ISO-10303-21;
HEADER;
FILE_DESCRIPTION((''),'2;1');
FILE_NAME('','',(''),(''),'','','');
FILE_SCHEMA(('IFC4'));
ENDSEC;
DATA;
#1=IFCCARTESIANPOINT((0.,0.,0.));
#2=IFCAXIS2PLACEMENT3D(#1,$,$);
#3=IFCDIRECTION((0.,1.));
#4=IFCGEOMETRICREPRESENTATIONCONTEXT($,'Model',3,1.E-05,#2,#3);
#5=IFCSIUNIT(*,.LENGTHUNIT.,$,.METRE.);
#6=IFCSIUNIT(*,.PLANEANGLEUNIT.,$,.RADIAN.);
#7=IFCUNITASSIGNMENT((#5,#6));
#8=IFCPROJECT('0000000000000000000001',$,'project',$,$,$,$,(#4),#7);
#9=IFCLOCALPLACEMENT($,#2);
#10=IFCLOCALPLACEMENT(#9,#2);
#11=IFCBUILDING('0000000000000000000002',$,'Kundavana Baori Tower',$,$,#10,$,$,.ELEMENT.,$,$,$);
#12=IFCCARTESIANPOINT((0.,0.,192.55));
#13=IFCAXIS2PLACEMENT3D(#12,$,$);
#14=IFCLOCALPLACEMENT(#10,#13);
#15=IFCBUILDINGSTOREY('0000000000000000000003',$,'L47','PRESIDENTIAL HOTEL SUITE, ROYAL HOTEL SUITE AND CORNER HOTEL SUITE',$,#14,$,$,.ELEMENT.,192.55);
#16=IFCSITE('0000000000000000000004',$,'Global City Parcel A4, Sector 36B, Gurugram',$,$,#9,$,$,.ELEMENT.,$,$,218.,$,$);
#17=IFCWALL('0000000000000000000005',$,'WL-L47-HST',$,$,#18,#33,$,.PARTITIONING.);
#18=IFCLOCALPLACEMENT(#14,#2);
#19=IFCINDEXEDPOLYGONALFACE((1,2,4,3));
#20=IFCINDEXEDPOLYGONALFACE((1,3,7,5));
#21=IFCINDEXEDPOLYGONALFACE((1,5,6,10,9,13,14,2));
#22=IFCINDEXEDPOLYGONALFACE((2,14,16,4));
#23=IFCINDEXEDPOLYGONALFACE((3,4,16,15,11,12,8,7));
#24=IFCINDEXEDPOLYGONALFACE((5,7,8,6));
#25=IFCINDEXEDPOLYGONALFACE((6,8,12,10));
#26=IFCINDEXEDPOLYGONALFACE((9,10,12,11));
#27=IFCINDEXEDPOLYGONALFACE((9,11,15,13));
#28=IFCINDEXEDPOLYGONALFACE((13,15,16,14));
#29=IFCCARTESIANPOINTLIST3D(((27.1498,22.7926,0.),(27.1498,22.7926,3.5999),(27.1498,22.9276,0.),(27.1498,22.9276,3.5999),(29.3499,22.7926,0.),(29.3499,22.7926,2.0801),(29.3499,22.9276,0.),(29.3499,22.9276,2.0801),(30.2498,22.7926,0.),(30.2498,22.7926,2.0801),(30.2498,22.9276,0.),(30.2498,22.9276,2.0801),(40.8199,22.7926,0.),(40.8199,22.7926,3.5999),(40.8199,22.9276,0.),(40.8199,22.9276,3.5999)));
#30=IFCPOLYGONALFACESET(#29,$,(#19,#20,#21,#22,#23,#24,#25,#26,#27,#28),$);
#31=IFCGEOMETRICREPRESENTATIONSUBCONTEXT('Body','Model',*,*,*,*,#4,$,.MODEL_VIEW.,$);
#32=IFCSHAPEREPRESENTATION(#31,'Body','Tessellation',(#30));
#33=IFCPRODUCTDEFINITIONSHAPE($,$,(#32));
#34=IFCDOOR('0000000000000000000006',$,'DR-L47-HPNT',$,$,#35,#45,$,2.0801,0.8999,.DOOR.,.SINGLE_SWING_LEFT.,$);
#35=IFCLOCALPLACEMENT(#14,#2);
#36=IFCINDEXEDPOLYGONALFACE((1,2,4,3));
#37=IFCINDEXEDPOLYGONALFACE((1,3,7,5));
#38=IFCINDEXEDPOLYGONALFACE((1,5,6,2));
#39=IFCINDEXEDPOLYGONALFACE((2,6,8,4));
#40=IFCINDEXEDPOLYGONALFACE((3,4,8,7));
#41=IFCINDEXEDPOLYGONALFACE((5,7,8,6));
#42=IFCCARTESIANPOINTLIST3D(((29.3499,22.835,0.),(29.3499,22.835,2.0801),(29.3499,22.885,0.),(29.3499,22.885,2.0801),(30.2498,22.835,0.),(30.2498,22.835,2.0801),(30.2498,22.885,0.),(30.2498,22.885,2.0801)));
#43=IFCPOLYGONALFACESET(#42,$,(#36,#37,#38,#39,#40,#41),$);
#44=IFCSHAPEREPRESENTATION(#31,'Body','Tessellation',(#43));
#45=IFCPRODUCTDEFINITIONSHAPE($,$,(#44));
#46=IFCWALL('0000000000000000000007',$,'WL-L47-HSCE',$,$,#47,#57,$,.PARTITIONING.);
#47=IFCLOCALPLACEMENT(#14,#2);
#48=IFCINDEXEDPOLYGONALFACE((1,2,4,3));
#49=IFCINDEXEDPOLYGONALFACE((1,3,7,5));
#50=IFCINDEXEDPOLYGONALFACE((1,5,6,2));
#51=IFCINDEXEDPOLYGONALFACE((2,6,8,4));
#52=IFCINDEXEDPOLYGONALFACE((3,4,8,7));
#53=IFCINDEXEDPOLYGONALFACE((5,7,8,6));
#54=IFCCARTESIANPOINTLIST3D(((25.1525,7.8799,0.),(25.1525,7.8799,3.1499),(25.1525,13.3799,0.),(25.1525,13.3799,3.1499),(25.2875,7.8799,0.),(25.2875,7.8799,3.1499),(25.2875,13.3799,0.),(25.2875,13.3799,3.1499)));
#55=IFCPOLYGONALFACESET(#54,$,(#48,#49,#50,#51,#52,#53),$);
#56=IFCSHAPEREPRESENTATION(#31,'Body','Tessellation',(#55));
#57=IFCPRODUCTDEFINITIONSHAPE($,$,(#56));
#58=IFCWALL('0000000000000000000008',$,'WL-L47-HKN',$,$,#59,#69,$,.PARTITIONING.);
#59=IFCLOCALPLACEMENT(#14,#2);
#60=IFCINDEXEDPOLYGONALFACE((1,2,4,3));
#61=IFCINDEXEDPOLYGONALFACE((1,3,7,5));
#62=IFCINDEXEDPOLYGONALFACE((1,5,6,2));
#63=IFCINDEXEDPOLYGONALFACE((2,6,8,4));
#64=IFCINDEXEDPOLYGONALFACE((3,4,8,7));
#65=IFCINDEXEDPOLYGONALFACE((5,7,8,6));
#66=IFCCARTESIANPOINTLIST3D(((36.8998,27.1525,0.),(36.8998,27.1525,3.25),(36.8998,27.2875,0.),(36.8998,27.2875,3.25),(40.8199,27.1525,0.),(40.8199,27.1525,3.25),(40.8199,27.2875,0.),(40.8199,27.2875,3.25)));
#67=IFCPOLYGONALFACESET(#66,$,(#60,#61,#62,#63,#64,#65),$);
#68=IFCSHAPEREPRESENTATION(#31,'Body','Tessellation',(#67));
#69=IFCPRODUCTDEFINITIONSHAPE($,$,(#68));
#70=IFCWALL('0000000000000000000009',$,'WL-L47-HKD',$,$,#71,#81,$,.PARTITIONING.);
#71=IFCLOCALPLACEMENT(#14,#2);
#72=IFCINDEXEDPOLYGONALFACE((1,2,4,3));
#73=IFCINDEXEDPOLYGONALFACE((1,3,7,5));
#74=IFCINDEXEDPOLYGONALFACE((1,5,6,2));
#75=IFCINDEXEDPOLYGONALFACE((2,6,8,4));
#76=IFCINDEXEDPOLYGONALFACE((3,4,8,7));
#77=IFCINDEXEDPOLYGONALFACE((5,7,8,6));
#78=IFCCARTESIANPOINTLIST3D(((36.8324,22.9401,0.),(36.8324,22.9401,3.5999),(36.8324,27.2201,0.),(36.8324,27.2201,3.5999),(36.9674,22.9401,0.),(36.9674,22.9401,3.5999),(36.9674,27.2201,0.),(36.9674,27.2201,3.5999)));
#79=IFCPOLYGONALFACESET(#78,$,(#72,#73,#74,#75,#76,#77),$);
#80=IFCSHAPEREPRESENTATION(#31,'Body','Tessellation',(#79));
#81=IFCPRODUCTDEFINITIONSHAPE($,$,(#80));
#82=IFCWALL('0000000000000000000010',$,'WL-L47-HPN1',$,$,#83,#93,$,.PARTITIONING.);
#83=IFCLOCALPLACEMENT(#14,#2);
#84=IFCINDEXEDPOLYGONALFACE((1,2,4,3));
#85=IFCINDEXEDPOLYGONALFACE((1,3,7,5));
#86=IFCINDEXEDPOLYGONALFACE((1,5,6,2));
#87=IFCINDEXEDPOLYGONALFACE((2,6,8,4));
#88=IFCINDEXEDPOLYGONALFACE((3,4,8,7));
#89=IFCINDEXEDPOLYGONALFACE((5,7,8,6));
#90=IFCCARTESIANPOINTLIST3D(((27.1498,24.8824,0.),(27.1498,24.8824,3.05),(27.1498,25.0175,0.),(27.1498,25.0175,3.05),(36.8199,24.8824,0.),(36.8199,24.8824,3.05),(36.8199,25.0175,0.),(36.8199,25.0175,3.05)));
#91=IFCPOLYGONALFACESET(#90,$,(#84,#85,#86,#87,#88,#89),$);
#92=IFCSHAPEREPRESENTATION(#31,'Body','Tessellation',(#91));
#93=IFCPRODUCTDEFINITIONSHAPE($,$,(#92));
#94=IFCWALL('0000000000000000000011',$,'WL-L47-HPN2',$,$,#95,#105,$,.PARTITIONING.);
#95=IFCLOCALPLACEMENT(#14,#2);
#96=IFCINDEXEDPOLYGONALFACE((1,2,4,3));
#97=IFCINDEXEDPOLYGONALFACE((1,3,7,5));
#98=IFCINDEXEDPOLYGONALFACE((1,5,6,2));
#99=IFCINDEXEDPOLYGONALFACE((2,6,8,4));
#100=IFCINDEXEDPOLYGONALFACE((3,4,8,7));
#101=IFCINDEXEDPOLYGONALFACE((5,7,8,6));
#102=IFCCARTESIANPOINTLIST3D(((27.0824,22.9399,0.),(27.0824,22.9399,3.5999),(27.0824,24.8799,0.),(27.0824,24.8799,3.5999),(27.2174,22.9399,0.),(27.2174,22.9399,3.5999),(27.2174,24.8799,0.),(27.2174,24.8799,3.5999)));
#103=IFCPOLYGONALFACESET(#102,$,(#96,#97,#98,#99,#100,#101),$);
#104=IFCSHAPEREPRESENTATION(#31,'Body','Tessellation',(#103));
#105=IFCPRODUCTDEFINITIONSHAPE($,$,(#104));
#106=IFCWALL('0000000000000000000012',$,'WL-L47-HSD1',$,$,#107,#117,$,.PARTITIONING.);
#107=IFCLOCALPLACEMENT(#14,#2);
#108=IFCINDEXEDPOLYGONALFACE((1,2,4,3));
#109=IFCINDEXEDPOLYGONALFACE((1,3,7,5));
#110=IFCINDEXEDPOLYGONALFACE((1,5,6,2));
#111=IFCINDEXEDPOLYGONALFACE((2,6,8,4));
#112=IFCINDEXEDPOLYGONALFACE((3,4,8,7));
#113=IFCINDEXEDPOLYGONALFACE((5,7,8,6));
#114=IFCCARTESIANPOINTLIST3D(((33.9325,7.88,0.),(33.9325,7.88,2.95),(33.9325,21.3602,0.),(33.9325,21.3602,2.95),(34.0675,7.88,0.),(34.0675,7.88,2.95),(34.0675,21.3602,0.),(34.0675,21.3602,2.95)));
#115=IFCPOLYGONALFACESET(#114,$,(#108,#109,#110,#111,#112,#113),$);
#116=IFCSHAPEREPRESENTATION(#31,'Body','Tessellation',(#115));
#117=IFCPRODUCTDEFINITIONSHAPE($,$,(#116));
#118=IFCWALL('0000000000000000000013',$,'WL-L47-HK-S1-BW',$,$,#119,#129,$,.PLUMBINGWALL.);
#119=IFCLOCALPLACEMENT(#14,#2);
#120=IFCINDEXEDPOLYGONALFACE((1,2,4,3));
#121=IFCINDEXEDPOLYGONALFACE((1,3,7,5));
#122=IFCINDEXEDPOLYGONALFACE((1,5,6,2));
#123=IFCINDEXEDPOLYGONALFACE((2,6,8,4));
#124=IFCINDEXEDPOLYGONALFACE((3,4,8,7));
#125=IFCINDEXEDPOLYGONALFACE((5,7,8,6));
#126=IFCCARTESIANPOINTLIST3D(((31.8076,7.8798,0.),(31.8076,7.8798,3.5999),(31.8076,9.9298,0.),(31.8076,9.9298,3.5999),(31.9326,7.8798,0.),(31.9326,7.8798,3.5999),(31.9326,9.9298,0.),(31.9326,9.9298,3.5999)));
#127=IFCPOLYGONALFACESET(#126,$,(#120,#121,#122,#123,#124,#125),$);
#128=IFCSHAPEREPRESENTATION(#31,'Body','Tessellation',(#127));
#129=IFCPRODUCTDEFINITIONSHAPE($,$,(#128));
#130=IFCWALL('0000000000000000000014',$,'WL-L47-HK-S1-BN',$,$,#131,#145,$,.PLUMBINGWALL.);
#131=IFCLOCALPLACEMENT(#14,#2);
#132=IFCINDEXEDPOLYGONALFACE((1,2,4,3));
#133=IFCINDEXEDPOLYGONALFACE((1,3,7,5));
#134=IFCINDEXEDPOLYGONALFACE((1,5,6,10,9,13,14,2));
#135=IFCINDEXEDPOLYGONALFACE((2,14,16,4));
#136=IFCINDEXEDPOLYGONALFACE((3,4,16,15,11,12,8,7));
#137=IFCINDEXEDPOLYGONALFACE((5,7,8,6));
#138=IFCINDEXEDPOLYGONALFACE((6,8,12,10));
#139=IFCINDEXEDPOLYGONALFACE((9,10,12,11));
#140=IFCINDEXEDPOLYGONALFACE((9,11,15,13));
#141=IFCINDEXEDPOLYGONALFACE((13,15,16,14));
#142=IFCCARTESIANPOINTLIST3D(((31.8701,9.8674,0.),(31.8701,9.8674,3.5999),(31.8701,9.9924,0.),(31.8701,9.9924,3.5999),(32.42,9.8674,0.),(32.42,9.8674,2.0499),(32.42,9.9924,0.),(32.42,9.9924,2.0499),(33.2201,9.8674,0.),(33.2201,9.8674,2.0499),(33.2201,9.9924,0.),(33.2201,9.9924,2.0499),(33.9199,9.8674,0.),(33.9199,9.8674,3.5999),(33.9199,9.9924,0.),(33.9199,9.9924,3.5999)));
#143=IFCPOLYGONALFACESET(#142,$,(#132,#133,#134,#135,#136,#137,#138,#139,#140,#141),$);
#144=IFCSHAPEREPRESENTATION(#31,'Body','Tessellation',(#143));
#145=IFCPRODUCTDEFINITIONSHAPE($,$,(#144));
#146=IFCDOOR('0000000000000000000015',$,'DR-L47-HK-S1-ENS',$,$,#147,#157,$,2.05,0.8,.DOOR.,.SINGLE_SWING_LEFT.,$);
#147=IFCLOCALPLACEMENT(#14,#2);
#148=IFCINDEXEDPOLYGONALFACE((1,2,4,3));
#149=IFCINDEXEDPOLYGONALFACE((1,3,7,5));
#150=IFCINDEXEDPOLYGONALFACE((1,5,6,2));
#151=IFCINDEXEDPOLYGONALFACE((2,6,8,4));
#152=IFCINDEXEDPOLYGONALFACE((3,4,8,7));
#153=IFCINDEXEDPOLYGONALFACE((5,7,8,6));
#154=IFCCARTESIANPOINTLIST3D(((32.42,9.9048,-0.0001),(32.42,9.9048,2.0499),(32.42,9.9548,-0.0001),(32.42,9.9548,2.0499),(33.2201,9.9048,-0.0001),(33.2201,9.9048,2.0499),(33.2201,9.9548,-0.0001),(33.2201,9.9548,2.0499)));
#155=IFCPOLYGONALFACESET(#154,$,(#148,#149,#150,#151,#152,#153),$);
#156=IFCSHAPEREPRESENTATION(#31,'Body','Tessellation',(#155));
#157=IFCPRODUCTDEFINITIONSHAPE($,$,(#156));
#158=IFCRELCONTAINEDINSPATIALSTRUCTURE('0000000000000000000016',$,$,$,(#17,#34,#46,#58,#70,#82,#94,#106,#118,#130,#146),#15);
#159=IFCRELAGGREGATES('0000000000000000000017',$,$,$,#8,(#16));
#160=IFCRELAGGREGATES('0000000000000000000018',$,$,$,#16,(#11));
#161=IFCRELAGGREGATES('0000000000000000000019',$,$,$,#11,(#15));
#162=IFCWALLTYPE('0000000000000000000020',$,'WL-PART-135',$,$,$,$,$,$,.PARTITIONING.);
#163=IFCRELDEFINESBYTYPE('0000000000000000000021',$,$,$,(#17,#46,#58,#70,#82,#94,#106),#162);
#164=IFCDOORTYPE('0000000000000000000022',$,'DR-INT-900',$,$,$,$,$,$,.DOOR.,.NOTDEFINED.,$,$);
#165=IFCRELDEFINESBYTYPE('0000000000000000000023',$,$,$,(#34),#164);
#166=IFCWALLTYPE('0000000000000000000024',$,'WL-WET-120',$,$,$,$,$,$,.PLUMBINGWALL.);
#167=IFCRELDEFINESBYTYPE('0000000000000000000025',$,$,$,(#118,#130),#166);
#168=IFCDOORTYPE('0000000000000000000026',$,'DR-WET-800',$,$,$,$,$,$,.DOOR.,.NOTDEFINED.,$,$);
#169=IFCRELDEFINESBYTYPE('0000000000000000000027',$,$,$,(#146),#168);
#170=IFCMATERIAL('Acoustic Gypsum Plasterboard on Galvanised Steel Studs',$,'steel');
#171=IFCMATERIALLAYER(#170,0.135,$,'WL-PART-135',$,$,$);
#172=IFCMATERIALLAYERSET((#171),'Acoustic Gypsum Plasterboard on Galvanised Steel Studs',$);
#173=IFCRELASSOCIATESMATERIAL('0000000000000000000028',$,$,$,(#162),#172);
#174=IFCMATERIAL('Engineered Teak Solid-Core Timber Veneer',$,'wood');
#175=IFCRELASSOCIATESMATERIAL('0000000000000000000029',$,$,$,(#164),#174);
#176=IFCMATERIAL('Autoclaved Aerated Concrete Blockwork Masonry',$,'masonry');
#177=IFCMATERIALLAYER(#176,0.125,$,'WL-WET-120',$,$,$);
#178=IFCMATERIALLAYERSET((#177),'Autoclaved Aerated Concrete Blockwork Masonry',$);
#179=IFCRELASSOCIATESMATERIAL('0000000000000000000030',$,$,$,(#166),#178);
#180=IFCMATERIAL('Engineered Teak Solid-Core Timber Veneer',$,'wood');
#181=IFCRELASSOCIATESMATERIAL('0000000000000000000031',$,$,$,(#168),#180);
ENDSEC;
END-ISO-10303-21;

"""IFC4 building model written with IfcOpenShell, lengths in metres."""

from ifc_helpers import new_model, si_unit, direction, frame, frame_2d, origin, place, context, subcontext, project, spatial, rectangle, extrude, material, layer, layer_set, type_object, element, fill, save


model = new_model("IFC4")

# Units and contexts
model_context = context("Model", 3, precision=1e-05, world=origin(), true_north=direction((0.0, 1.0)))
body_context = subcontext(model_context, "Body", "Model", "MODEL_VIEW")
ifc_project = project(units=[si_unit("LENGTHUNIT", "METRE"), si_unit("PLANEANGLEUNIT", "RADIAN")], contexts=[model_context])

# Site, building, storey
site_placement = place(None, origin())
site = spatial("IfcSite", under=ifc_project, at=site_placement, Name="Global City Parcel A4, Sector 36B, Gurugram", CompositionType="ELEMENT", RefElevation=218.0)
building_placement = place(site_placement, origin())
building = spatial("IfcBuilding", under=site, at=building_placement, Name="Kundavana Baori Tower", CompositionType="ELEMENT")
storey_placement = place(building_placement, frame((0.0, 0.0, 192.55)))
storey = spatial("IfcBuildingStorey", under=building, at=storey_placement, Name="L47", Description="PRESIDENTIAL HOTEL SUITE, ROYAL HOTEL SUITE AND CORNER HOTEL SUITE", CompositionType="ELEMENT", Elevation=192.55)

# Shared definitions
ifc_material_1 = material(Name="Acoustic Gypsum Plasterboard on Galvanised Steel Studs", Category="steel")
ifc_layer_1 = layer(ifc_material_1, 0.135, Name="WL-PART-135")
ifc_layer_set_1 = layer_set([ifc_layer_1], Name="Acoustic Gypsum Plasterboard on Galvanised Steel Studs")
wall_type_1 = type_object("IfcWallType", Name="WL-PART-135", PredefinedType="PARTITIONING", material=ifc_layer_set_1)

# Wall, opening, door
wall_1_placement = place(storey_placement, frame((27.1499, 22.8601, 0.0), z_axis=(0.0, 0.0, 1.0), x_axis=(1.0, 0.0, 0.0)))
wall_1 = element("IfcWall", 1, at=wall_1_placement, inside=storey, type_object=wall_type_1, Name="WL-L47-HST", PredefinedType="PARTITIONING", context=body_context, shape_type="SweptSolid", body=[
    extrude(rectangle(XDim=13.6702, YDim=0.135, at=frame_2d((6.835, 0.0))), origin(), (0.0, 0.0, 1.0), 3.5999),
])
opening_1_placement = place(wall_1_placement, frame((2.2, 0.0, 0.0)))
opening_1 = element("IfcOpeningElement", 2, at=opening_1_placement, cuts=wall_1, PredefinedType="OPENING", context=body_context, shape_type="SweptSolid", body=[
    extrude(rectangle(XDim=0.8999, YDim=2.0801, at=frame_2d((0.45, 1.04))), frame((0.0, 0.0776, 0.0), z_axis=(0.0, -1.0, 0.0), x_axis=(1.0, 0.0, 0.0)), (0.0, 0.0, 1.0), 0.155),
])
ifc_material_2 = material(Name="Engineered Teak Solid-Core Timber Veneer", Category="wood")
door_type_1 = type_object("IfcDoorType", Name="DR-INT-900", OperationType="NOTDEFINED", PredefinedType="DOOR", material=ifc_material_2)
door_1_placement = place(opening_1_placement, origin())
door_1 = element("IfcDoor", 3, at=door_1_placement, inside=storey, type_object=door_type_1, Name="DR-L47-HPNT", OperationType="SINGLE_SWING_LEFT", OverallHeight=2.0801, OverallWidth=0.8999, PredefinedType="DOOR", context=body_context, shape_type="SweptSolid", body=[
    extrude(rectangle(XDim=0.8999, YDim=2.0801, at=frame_2d((0.45, 1.04))), frame((0.0, 0.0249, 0.0), z_axis=(0.0, -1.0, 0.0), x_axis=(1.0, 0.0, 0.0)), (0.0, 0.0, 1.0), 0.05),
])
fill(opening_1, door_1)

# Walls
wall_2_placement = place(storey_placement, frame((25.22, 7.8799, 0.0), z_axis=(0.0, 0.0, 1.0), x_axis=(0.0, 1.0, 0.0)))
element("IfcWall", 4, at=wall_2_placement, inside=storey, type_object=wall_type_1, Name="WL-L47-HSCE", PredefinedType="PARTITIONING", context=body_context, shape_type="SweptSolid", body=[
    extrude(rectangle(XDim=5.5, YDim=0.135, at=frame_2d((2.75, 0.0))), origin(), (0.0, 0.0, 1.0), 3.1499),
])
wall_3_placement = place(storey_placement, frame((36.8999, 27.22, 0.0), z_axis=(0.0, 0.0, 1.0), x_axis=(1.0, 0.0, 0.0)))
element("IfcWall", 5, at=wall_3_placement, inside=storey, type_object=wall_type_1, Name="WL-L47-HKN", PredefinedType="PARTITIONING", context=body_context, shape_type="SweptSolid", body=[
    extrude(rectangle(XDim=3.9202, YDim=0.135, at=frame_2d((1.96, 0.0))), origin(), (0.0, 0.0, 1.0), 3.25),
])
wall_4_placement = place(storey_placement, frame((36.8999, 22.9399, 0.0), z_axis=(0.0, 0.0, 1.0), x_axis=(0.0, 1.0, 0.0)))
element("IfcWall", 6, at=wall_4_placement, inside=storey, type_object=wall_type_1, Name="WL-L47-HKD", PredefinedType="PARTITIONING", context=body_context, shape_type="SweptSolid", body=[
    extrude(rectangle(XDim=4.28, YDim=0.135, at=frame_2d((2.1401, 0.0))), origin(), (0.0, 0.0, 1.0), 3.5999),
])
wall_5_placement = place(storey_placement, frame((27.1499, 24.95, 0.0), z_axis=(0.0, 0.0, 1.0), x_axis=(1.0, 0.0, 0.0)))
element("IfcWall", 7, at=wall_5_placement, inside=storey, type_object=wall_type_1, Name="WL-L47-HPN1", PredefinedType="PARTITIONING", context=body_context, shape_type="SweptSolid", body=[
    extrude(rectangle(XDim=9.6702, YDim=0.135, at=frame_2d((4.835, 0.0))), origin(), (0.0, 0.0, 1.0), 3.05),
])
wall_6_placement = place(storey_placement, frame((27.1499, 22.9399, 0.0), z_axis=(0.0, 0.0, 1.0), x_axis=(0.0, 1.0, 0.0)))
element("IfcWall", 8, at=wall_6_placement, inside=storey, type_object=wall_type_1, Name="WL-L47-HPN2", PredefinedType="PARTITIONING", context=body_context, shape_type="SweptSolid", body=[
    extrude(rectangle(XDim=1.9399, YDim=0.135, at=frame_2d((0.97, 0.0))), origin(), (0.0, 0.0, 1.0), 3.5999),
])
wall_7_placement = place(storey_placement, frame((34.0, 7.8799, 0.0), z_axis=(0.0, 0.0, 1.0), x_axis=(0.0, 1.0, 0.0)))
element("IfcWall", 9, at=wall_7_placement, inside=storey, type_object=wall_type_1, Name="WL-L47-HSD1", PredefinedType="PARTITIONING", context=body_context, shape_type="SweptSolid", body=[
    extrude(rectangle(XDim=13.4802, YDim=0.135, at=frame_2d((6.7402, 0.0))), origin(), (0.0, 0.0, 1.0), 2.95),
])
ifc_material_3 = material(Name="Autoclaved Aerated Concrete Blockwork Masonry", Category="masonry")
ifc_layer_2 = layer(ifc_material_3, 0.125, Name="WL-WET-120")
ifc_layer_set_2 = layer_set([ifc_layer_2], Name="Autoclaved Aerated Concrete Blockwork Masonry")
wall_type_2 = type_object("IfcWallType", Name="WL-WET-120", PredefinedType="PLUMBINGWALL", material=ifc_layer_set_2)
wall_8_placement = place(storey_placement, frame((31.8701, 7.8799, 0.0), z_axis=(0.0, 0.0, 1.0), x_axis=(0.0, 1.0, 0.0)))
element("IfcWall", 10, at=wall_8_placement, inside=storey, type_object=wall_type_2, Name="WL-L47-HK-S1-BW", PredefinedType="PLUMBINGWALL", context=body_context, shape_type="SweptSolid", body=[
    extrude(rectangle(XDim=2.05, YDim=0.125, at=frame_2d((1.0249, 0.0))), origin(), (0.0, 0.0, 1.0), 3.5999),
])

# Wall, opening, door
wall_9_placement = place(storey_placement, frame((31.8701, 9.9299, 0.0), z_axis=(0.0, 0.0, 1.0), x_axis=(1.0, 0.0, 0.0)))
wall_9 = element("IfcWall", 11, at=wall_9_placement, inside=storey, type_object=wall_type_2, Name="WL-L47-HK-S1-BN", PredefinedType="PLUMBINGWALL", context=body_context, shape_type="SweptSolid", body=[
    extrude(rectangle(XDim=2.0498, YDim=0.125, at=frame_2d((1.0249, 0.0))), origin(), (0.0, 0.0, 1.0), 3.5999),
])
opening_2_placement = place(wall_9_placement, frame((0.55, 0.0, 0.0)))
opening_2 = element("IfcOpeningElement", 12, at=opening_2_placement, cuts=wall_9, PredefinedType="OPENING", context=body_context, shape_type="SweptSolid", body=[
    extrude(rectangle(XDim=0.8, YDim=2.05, at=frame_2d((0.3999, 1.0249))), frame((0.0, 0.0725, 0.0), z_axis=(0.0, -1.0, 0.0), x_axis=(1.0, 0.0, 0.0)), (0.0, 0.0, 1.0), 0.145),
])
ifc_material_4 = material(Name="Engineered Teak Solid-Core Timber Veneer", Category="wood")
door_type_2 = type_object("IfcDoorType", Name="DR-WET-800", OperationType="NOTDEFINED", PredefinedType="DOOR", material=ifc_material_4)
door_2_placement = place(opening_2_placement, origin())
door_2 = element("IfcDoor", 13, at=door_2_placement, inside=storey, type_object=door_type_2, Name="DR-L47-HK-S1-ENS", OperationType="SINGLE_SWING_LEFT", OverallHeight=2.05, OverallWidth=0.8, PredefinedType="DOOR", context=body_context, shape_type="SweptSolid", body=[
    extrude(rectangle(XDim=0.8, YDim=2.05, at=frame_2d((0.3999, 1.0249))), frame((0.0, 0.0249, 0.0), z_axis=(0.0, -1.0, 0.0), x_axis=(1.0, 0.0, 0.0)), (0.0, 0.0, 1.0), 0.05),
])
fill(opening_2, door_2)

save(model, "model.ifc")
